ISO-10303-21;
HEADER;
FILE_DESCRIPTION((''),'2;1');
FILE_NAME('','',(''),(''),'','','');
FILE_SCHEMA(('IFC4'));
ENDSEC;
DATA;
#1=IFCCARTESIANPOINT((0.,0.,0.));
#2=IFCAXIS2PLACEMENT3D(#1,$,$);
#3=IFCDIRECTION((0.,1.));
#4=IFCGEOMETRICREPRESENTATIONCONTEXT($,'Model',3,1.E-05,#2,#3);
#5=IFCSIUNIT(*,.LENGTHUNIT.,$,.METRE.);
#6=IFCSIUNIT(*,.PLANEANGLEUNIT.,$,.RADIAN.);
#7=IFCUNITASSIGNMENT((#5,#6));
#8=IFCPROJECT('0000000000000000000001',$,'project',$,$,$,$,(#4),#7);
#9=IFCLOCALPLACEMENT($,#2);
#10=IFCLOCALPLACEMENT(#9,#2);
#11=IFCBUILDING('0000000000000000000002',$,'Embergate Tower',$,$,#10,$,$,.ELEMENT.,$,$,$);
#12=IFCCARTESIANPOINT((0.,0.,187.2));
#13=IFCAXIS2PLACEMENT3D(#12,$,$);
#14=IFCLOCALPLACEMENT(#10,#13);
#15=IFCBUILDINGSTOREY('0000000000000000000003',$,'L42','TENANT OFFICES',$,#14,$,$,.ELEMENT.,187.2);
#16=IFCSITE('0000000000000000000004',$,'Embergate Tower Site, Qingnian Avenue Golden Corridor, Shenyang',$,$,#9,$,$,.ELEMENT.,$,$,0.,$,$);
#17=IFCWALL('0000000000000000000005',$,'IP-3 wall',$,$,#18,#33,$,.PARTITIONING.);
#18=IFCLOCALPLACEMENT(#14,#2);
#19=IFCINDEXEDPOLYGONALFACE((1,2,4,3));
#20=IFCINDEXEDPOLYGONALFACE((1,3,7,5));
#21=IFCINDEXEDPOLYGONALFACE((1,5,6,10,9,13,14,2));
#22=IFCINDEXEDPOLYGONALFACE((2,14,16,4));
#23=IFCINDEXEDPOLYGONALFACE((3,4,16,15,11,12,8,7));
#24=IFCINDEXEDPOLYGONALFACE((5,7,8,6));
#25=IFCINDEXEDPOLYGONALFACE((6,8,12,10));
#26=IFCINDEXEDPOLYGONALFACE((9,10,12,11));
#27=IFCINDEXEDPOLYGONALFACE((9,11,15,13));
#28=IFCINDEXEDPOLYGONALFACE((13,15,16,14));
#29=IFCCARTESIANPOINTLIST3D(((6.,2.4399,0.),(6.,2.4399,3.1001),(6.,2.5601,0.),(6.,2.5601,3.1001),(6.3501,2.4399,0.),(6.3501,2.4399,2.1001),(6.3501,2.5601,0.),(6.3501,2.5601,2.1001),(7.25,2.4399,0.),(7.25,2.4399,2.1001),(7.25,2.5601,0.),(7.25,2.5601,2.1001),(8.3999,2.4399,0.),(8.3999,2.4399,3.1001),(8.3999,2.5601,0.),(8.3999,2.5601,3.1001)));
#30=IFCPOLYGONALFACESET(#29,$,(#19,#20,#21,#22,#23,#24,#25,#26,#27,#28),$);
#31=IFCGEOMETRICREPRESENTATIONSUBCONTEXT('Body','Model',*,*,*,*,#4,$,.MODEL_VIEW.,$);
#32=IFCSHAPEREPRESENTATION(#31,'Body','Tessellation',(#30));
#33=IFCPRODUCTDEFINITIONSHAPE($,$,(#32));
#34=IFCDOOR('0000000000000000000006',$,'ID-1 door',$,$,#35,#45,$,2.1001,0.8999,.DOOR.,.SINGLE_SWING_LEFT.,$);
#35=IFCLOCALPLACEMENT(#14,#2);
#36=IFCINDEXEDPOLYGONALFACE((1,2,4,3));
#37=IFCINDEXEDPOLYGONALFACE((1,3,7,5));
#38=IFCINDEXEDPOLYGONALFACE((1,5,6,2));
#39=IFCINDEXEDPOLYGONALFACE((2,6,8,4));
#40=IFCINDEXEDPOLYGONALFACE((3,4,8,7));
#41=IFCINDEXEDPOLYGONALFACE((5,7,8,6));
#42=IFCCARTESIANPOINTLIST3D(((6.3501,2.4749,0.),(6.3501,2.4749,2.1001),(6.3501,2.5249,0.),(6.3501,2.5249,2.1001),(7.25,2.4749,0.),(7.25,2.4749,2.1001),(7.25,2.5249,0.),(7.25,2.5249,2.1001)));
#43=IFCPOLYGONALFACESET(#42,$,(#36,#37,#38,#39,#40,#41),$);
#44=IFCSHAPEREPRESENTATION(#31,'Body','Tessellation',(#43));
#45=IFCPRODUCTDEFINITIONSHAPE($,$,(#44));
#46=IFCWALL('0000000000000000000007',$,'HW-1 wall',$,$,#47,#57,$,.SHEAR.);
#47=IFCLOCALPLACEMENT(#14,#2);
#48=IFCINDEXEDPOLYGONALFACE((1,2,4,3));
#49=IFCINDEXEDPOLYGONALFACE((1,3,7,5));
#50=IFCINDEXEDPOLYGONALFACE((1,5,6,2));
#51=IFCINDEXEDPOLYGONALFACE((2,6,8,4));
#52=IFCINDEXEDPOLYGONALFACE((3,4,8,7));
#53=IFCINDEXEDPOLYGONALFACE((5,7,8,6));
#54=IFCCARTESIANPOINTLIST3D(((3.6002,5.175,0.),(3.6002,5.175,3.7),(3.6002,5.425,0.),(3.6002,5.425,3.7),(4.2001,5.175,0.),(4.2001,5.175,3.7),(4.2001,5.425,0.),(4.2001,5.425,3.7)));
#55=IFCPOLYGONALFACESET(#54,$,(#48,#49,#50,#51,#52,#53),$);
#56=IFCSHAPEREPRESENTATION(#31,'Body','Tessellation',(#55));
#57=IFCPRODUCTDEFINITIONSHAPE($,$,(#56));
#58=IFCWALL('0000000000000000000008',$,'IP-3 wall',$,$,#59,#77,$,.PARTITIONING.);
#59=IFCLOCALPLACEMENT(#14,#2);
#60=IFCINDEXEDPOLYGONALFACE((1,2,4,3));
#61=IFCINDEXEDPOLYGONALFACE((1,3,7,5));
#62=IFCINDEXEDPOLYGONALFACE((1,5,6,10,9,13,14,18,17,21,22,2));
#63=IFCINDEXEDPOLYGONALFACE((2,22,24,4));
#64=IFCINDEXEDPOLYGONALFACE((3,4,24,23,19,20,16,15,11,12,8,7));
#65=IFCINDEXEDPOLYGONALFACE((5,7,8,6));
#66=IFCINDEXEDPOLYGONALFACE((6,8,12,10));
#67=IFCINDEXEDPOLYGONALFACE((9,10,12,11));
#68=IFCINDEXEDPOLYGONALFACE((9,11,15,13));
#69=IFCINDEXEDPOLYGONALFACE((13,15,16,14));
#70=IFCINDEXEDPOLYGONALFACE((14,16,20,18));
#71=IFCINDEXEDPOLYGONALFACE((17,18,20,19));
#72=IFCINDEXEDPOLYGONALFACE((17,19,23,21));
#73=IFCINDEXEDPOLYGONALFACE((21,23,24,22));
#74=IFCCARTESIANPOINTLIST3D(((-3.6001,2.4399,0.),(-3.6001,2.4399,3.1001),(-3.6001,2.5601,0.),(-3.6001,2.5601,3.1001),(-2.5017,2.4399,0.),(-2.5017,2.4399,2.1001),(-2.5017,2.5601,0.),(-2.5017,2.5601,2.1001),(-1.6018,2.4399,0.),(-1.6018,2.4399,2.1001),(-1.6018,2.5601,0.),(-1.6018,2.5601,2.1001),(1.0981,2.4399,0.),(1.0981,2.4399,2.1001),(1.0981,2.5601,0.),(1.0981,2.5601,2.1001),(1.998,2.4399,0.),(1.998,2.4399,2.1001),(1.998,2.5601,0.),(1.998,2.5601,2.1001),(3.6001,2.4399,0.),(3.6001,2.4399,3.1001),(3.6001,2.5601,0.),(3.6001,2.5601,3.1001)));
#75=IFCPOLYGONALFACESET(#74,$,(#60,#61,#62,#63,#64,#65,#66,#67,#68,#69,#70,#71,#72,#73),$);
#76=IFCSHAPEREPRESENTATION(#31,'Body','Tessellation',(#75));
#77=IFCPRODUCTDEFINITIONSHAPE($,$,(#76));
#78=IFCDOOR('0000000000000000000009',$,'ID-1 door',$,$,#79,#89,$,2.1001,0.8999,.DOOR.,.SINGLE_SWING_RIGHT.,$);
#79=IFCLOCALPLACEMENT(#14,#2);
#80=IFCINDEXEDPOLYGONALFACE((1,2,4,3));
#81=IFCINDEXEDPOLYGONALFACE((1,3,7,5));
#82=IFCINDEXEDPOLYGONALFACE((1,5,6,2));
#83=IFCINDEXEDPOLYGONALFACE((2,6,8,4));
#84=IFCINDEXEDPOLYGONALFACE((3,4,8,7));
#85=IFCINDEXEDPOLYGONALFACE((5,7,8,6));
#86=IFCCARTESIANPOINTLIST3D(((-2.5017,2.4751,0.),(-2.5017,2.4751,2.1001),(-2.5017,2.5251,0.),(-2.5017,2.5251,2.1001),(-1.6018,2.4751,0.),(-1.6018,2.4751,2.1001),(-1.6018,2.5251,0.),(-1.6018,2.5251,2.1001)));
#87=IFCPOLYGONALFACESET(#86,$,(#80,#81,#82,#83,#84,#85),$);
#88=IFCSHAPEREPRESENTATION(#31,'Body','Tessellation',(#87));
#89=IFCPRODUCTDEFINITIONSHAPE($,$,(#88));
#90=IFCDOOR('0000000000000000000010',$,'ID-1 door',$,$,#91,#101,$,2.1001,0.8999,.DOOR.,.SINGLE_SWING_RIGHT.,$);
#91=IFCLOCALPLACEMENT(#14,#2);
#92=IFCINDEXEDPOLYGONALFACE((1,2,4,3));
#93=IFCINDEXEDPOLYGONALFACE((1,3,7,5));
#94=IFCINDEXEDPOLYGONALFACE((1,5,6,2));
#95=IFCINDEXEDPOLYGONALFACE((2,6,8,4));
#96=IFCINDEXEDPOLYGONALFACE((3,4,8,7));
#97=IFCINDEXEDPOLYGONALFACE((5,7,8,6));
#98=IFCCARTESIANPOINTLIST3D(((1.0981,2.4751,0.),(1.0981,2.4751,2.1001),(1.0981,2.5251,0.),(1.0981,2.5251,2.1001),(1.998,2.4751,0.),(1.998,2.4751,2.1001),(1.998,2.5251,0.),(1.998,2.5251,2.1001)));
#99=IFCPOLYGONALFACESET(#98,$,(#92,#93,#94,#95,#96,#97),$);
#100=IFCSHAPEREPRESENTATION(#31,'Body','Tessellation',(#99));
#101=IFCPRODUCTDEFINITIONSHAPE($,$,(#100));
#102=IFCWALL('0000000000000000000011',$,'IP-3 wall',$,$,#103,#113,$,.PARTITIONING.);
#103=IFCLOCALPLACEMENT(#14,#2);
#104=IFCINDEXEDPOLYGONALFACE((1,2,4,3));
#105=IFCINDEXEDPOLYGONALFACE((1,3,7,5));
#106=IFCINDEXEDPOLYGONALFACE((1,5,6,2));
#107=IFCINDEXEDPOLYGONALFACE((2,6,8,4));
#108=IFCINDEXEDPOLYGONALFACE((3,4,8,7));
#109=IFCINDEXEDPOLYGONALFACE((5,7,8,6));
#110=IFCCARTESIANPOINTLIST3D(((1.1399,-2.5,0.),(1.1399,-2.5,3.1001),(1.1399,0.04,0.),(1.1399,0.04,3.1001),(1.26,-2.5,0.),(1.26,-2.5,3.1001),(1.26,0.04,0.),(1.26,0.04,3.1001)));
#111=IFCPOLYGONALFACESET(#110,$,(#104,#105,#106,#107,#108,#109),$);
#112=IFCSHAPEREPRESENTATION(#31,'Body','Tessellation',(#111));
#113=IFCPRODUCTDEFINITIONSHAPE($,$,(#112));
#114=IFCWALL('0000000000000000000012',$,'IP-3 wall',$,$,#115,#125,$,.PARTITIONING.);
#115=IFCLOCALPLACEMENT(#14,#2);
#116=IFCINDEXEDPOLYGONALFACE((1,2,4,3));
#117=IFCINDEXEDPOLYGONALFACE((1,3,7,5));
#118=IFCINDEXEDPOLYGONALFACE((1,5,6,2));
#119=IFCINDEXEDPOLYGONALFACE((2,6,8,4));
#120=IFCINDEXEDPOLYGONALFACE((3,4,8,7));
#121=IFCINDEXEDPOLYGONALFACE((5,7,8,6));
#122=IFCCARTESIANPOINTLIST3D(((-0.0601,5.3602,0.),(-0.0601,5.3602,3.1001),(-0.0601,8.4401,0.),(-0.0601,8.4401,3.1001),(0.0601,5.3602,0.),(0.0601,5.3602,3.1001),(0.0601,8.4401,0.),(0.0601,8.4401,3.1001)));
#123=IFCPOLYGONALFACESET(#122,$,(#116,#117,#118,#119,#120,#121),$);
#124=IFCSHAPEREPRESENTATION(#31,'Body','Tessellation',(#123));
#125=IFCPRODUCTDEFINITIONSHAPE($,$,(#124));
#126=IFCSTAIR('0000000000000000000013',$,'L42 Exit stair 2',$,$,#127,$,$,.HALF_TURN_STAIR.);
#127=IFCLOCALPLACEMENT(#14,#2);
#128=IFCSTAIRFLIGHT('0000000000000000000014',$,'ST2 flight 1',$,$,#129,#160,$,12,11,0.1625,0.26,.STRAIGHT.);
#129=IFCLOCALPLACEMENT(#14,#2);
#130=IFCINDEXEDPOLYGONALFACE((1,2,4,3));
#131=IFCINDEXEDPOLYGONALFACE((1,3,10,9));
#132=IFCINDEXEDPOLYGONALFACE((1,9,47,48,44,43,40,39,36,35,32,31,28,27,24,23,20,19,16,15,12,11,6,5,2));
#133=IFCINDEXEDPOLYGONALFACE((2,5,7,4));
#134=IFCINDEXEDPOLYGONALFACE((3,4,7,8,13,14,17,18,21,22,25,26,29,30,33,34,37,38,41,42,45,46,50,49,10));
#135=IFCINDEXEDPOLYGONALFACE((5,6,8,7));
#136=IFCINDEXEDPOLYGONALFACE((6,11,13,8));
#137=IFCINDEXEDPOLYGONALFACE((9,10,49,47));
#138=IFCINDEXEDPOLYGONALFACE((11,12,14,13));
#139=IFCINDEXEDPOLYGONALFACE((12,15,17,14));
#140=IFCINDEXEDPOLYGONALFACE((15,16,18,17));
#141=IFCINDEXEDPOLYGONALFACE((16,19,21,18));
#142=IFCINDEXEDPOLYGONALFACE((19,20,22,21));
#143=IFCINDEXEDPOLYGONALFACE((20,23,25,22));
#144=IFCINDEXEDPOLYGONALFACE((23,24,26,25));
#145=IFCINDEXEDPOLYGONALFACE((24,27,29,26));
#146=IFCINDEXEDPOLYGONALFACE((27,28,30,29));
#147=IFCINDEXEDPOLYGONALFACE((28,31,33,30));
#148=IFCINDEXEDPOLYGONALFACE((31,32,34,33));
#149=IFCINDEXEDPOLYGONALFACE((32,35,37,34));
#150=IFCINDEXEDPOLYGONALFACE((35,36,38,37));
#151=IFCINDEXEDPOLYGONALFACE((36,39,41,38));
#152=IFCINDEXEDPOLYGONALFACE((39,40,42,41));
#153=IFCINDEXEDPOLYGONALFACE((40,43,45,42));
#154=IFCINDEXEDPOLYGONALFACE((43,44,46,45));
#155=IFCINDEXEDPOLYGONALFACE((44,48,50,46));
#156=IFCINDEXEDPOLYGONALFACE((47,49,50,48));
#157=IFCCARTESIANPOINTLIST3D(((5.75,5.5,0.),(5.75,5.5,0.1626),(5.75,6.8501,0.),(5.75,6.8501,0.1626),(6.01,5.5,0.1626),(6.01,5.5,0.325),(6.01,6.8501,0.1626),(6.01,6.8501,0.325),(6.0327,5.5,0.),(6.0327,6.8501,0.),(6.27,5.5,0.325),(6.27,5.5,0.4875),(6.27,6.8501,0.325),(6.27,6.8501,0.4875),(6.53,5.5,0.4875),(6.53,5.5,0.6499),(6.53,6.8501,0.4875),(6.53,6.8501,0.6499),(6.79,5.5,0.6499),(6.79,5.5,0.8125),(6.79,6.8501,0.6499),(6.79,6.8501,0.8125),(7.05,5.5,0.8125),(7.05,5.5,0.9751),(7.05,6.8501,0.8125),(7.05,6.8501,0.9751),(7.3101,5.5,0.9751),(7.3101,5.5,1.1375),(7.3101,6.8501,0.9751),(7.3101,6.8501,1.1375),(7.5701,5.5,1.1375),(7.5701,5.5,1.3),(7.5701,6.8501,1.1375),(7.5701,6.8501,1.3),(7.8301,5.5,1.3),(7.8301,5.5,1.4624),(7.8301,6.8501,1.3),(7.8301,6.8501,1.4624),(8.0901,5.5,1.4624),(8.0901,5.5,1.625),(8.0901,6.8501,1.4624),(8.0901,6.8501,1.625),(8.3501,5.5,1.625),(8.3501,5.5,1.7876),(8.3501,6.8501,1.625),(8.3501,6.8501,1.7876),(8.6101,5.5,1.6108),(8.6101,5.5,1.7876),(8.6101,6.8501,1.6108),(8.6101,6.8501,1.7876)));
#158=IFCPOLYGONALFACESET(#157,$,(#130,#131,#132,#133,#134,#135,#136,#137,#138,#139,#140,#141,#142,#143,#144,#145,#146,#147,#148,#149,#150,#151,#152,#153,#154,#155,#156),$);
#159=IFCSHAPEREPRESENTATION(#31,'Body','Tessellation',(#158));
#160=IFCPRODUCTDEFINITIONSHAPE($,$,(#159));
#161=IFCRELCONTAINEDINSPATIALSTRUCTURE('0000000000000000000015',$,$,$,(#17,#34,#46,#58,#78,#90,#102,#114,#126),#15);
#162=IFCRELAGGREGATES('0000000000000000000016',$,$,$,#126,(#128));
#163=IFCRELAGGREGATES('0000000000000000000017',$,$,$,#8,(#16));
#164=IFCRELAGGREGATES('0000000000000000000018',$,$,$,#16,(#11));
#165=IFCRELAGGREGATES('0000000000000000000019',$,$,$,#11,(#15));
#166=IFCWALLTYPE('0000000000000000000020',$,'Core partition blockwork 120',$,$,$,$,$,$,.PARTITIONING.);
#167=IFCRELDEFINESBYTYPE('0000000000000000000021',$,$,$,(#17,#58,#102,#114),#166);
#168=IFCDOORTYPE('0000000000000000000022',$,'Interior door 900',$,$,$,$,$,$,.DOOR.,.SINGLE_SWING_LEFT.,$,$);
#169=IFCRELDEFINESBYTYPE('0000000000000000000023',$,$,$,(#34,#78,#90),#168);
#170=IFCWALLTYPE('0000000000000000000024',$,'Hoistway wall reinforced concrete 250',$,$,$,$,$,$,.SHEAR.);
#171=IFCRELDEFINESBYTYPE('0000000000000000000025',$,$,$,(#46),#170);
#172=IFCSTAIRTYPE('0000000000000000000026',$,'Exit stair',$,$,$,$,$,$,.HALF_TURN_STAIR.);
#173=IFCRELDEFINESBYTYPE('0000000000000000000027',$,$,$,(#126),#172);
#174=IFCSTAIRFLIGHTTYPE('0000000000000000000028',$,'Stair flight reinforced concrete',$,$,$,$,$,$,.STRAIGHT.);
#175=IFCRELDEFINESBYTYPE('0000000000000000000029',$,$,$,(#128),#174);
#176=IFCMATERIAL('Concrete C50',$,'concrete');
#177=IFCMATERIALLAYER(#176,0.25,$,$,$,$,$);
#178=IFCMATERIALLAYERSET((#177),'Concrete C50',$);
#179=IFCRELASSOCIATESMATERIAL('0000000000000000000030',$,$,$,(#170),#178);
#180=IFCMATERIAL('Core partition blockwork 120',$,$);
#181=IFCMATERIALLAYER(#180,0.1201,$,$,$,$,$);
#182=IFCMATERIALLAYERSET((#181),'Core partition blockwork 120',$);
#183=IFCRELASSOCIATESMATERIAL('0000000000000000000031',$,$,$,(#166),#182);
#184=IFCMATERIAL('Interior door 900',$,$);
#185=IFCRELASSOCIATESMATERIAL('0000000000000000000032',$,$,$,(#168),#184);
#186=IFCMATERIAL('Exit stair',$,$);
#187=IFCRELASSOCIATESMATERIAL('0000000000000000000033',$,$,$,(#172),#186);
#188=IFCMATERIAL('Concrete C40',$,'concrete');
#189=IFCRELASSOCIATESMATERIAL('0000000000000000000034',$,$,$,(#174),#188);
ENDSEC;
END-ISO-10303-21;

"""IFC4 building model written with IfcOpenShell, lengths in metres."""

from ifc_helpers import new_model, si_unit, direction, frame, frame_2d, origin, place, context, subcontext, project, spatial, polyline, rectangle, outline, extrude, source, transform, mapped, material, layer, layer_set, type_object, element, fill, aggregate, save


model = new_model("IFC4")

# Units and contexts
model_context = context("Model", 3, precision=1e-05, world=origin(), true_north=direction((0.0, 1.0)))
body_context = subcontext(model_context, "Body", "Model", "MODEL_VIEW")
ifc_project = project(units=[si_unit("LENGTHUNIT", "METRE"), si_unit("PLANEANGLEUNIT", "RADIAN")], contexts=[model_context])

# Site, building, storey
site_placement = place(None, origin())
site = spatial("IfcSite", under=ifc_project, at=site_placement, Name="Embergate Tower Site, Qingnian Avenue Golden Corridor, Shenyang", CompositionType="ELEMENT", RefElevation=0.0)
building_placement = place(site_placement, origin())
building = spatial("IfcBuilding", under=site, at=building_placement, Name="Embergate Tower", CompositionType="ELEMENT")
storey_placement = place(building_placement, frame((0.0, 0.0, 187.2)))
storey = spatial("IfcBuildingStorey", under=building, at=storey_placement, Name="L42", Description="TENANT OFFICES", CompositionType="ELEMENT", Elevation=187.2)

# Shared definitions
ifc_material_1 = material(Name="Concrete C50", Category="concrete")
ifc_layer_1 = layer(ifc_material_1, 0.25)
ifc_layer_set_1 = layer_set([ifc_layer_1], Name="Concrete C50")
wall_type_1 = type_object("IfcWallType", Name="Hoistway wall reinforced concrete 250", PredefinedType="SHEAR", material=ifc_layer_set_1)

# Shared definitions
ifc_material_2 = material(Name="Core partition blockwork 120")
ifc_layer_2 = layer(ifc_material_2, 0.1201)
ifc_layer_set_2 = layer_set([ifc_layer_2], Name="Core partition blockwork 120")
wall_type_2 = type_object("IfcWallType", Name="Core partition blockwork 120", PredefinedType="PARTITIONING", material=ifc_layer_set_2)

# Wall, opening, door
shared_shape_1 = source(origin(), body_context, "Body", "SweptSolid", [
    extrude(rectangle(XDim=2.3999, YDim=0.1201, at=frame_2d((1.2, 0.0))), origin(), (0.0, 0.0, 1.0), 3.1001),
])
wall_1_placement = place(storey_placement, frame((6.0, 2.5, 0.0), z_axis=(0.0, 0.0, 1.0), x_axis=(1.0, 0.0, 0.0)))
wall_1 = element("IfcWall", 1, at=wall_1_placement, inside=storey, type_object=wall_type_2, Name="IP-3 wall", PredefinedType="PARTITIONING", context=body_context, shape_type="MappedRepresentation", body=[
    mapped(shared_shape_1, transform((0.0, 0.0, 0.0))),
])
shared_shape_2 = source(origin(), body_context, "Body", "SweptSolid", [
    extrude(rectangle(XDim=0.8999, YDim=2.1001, at=frame_2d((0.45, 1.05))), frame((0.0, 0.0701, 0.0), z_axis=(0.0, -1.0, 0.0), x_axis=(1.0, 0.0, 0.0)), (0.0, 0.0, 1.0), 0.1401),
])
opening_1_placement = place(wall_1_placement, frame((0.3501, 0.0, 0.0)))
opening_1 = element("IfcOpeningElement", 2, at=opening_1_placement, cuts=wall_1, PredefinedType="OPENING", context=body_context, shape_type="MappedRepresentation", body=[
    mapped(shared_shape_2, transform((0.0, 0.0, 0.0))),
])
ifc_material_3 = material(Name="Interior door 900")
door_type_1 = type_object("IfcDoorType", Name="Interior door 900", OperationType="SINGLE_SWING_LEFT", PredefinedType="DOOR", material=ifc_material_3)
shared_shape_3 = source(origin(), body_context, "Body", "SweptSolid", [
    extrude(rectangle(XDim=0.8999, YDim=2.1001, at=frame_2d((0.45, 1.05))), frame((0.0, 0.0249, 0.0), z_axis=(0.0, -1.0, 0.0), x_axis=(1.0, 0.0, 0.0)), (0.0, 0.0, 1.0), 0.05),
])
door_1_placement = place(opening_1_placement, origin())
door_1 = element("IfcDoor", 3, at=door_1_placement, inside=storey, type_object=door_type_1, Name="ID-1 door", OperationType="SINGLE_SWING_LEFT", OverallHeight=2.1001, OverallWidth=0.8999, PredefinedType="DOOR", context=body_context, shape_type="MappedRepresentation", body=[
    mapped(shared_shape_3, transform((0.0, 0.0, 0.0))),
])
fill(opening_1, door_1)

# Wall
shared_shape_4 = source(origin(), body_context, "Body", "SweptSolid", [
    extrude(rectangle(XDim=0.5999, YDim=0.25, at=frame_2d((0.2998, 0.0))), origin(), (0.0, 0.0, 1.0), 3.7),
])
wall_2_placement = place(storey_placement, frame((4.2, 5.3, 0.0), z_axis=(0.0, 0.0, 1.0), x_axis=(-1.0, 0.0, 0.0)))
element("IfcWall", 4, at=wall_2_placement, inside=storey, type_object=wall_type_1, Name="HW-1 wall", PredefinedType="SHEAR", context=body_context, shape_type="MappedRepresentation", body=[
    mapped(shared_shape_4, transform((0.0, 0.0, 0.0))),
])

# Wall, openings, doors
shared_shape_5 = source(origin(), body_context, "Body", "SweptSolid", [
    extrude(rectangle(XDim=7.2002, YDim=0.1201, at=frame_2d((3.6001, 0.0))), origin(), (0.0, 0.0, 1.0), 3.1001),
])
wall_3_placement = place(storey_placement, frame((3.6001, 2.5, 0.0), z_axis=(0.0, 0.0, 1.0), x_axis=(-1.0, 0.0, 0.0)))
wall_3 = element("IfcWall", 5, at=wall_3_placement, inside=storey, type_object=wall_type_2, Name="IP-3 wall", PredefinedType="PARTITIONING", context=body_context, shape_type="MappedRepresentation", body=[
    mapped(shared_shape_5, transform((0.0, 0.0, 0.0))),
])
opening_2_placement = place(wall_3_placement, frame((5.2019, 0.0, 0.0)))
opening_2 = element("IfcOpeningElement", 6, at=opening_2_placement, cuts=wall_3, PredefinedType="OPENING", context=body_context, shape_type="MappedRepresentation", body=[
    mapped(shared_shape_2, transform((0.0, 0.0, 0.0))),
])
opening_3_placement = place(wall_3_placement, frame((1.6021, 0.0, 0.0)))
opening_3 = element("IfcOpeningElement", 7, at=opening_3_placement, cuts=wall_3, PredefinedType="OPENING", context=body_context, shape_type="MappedRepresentation", body=[
    mapped(shared_shape_2, transform((0.0, 0.0, 0.0))),
])
door_2_placement = place(opening_2_placement, origin())
door_2 = element("IfcDoor", 8, at=door_2_placement, inside=storey, type_object=door_type_1, Name="ID-1 door", OperationType="SINGLE_SWING_RIGHT", OverallHeight=2.1001, OverallWidth=0.8999, PredefinedType="DOOR", context=body_context, shape_type="MappedRepresentation", body=[
    mapped(shared_shape_3, transform((0.0, 0.0, 0.0))),
])
fill(opening_2, door_2)
door_3_placement = place(opening_3_placement, origin())
door_3 = element("IfcDoor", 9, at=door_3_placement, inside=storey, type_object=door_type_1, Name="ID-1 door", OperationType="SINGLE_SWING_RIGHT", OverallHeight=2.1001, OverallWidth=0.8999, PredefinedType="DOOR", context=body_context, shape_type="MappedRepresentation", body=[
    mapped(shared_shape_3, transform((0.0, 0.0, 0.0))),
])
fill(opening_3, door_3)

# Walls
shared_shape_6 = source(origin(), body_context, "Body", "SweptSolid", [
    extrude(rectangle(XDim=2.54, YDim=0.1201, at=frame_2d((1.27, 0.0))), origin(), (0.0, 0.0, 1.0), 3.1001),
])
wall_4_placement = place(storey_placement, frame((1.2, 0.04, 0.0), z_axis=(0.0, 0.0, 1.0), x_axis=(0.0, -1.0, 0.0)))
element("IfcWall", 10, at=wall_4_placement, inside=storey, type_object=wall_type_2, Name="IP-3 wall", PredefinedType="PARTITIONING", context=body_context, shape_type="MappedRepresentation", body=[
    mapped(shared_shape_6, transform((0.0, 0.0, 0.0))),
])
shared_shape_7 = source(origin(), body_context, "Body", "SweptSolid", [
    extrude(rectangle(XDim=3.0798, YDim=0.1201, at=frame_2d((1.54, 0.0))), origin(), (0.0, 0.0, 1.0), 3.1001),
])
wall_5_placement = place(storey_placement, frame((0.0, 5.3601, 0.0), z_axis=(0.0, 0.0, 1.0), x_axis=(0.0, 1.0, 0.0)))
element("IfcWall", 11, at=wall_5_placement, inside=storey, type_object=wall_type_2, Name="IP-3 wall", PredefinedType="PARTITIONING", context=body_context, shape_type="MappedRepresentation", body=[
    mapped(shared_shape_7, transform((0.0, 0.0, 0.0))),
])

# Stair, stair flight
ifc_material_4 = material(Name="Exit stair")
stair_type = type_object("IfcStairType", Name="Exit stair", PredefinedType="HALF_TURN_STAIR", material=ifc_material_4)
stair_placement = place(storey_placement, origin())
stair = element("IfcStair", 12, at=stair_placement, inside=storey, type_object=stair_type, Name="L42 Exit stair 2", PredefinedType="HALF_TURN_STAIR")
ifc_material_5 = material(Name="Concrete C40", Category="concrete")
stair_flight_type = type_object("IfcStairFlightType", Name="Stair flight reinforced concrete", PredefinedType="STRAIGHT", material=ifc_material_5)
shared_shape_8 = source(origin(), body_context, "Body", "SweptSolid", [
    extrude(outline(polyline([(0.0, 0.0), (0.0, 0.1626), (0.26, 0.1626), (0.26, 0.325), (0.52, 0.325), (0.52, 0.4875), (0.78, 0.4875), (0.78, 0.6499), (1.04, 0.6499), (1.04, 0.8125), (1.3, 0.8125), (1.3, 0.9751), (1.5601, 0.9751), (1.5601, 1.1375), (1.8201, 1.1375), (1.8201, 1.3), (2.0801, 1.3), (2.0801, 1.4624), (2.3401, 1.4624), (2.3401, 1.625), (2.6001, 1.625), (2.6001, 1.7876), (2.8601, 1.7876), (2.8601, 1.95), (2.8601, 1.6108), (0.2827, 0.0), (0.0, 0.0)])), frame((0.0, 0.675, 0.0), z_axis=(0.0, -1.0, 0.0), x_axis=(1.0, 0.0, 0.0)), (0.0, 0.0, 1.0), 1.3501),
])
stair_flight_placement = place(storey_placement, frame((5.75, 6.175, 0.0), z_axis=(0.0, 0.0, 1.0), x_axis=(1.0, 0.0, 0.0)))
stair_flight = element("IfcStairFlight", 13, at=stair_flight_placement, type_object=stair_flight_type, Name="ST2 flight 1", NumberOfRisers=12, NumberOfTreads=11, PredefinedType="STRAIGHT", RiserHeight=0.1625, TreadLength=0.26, context=body_context, shape_type="MappedRepresentation", body=[
    mapped(shared_shape_8, transform((0.0, 0.0, 0.0))),
])
aggregate(stair, [stair_flight])

save(model, "model.ifc")
